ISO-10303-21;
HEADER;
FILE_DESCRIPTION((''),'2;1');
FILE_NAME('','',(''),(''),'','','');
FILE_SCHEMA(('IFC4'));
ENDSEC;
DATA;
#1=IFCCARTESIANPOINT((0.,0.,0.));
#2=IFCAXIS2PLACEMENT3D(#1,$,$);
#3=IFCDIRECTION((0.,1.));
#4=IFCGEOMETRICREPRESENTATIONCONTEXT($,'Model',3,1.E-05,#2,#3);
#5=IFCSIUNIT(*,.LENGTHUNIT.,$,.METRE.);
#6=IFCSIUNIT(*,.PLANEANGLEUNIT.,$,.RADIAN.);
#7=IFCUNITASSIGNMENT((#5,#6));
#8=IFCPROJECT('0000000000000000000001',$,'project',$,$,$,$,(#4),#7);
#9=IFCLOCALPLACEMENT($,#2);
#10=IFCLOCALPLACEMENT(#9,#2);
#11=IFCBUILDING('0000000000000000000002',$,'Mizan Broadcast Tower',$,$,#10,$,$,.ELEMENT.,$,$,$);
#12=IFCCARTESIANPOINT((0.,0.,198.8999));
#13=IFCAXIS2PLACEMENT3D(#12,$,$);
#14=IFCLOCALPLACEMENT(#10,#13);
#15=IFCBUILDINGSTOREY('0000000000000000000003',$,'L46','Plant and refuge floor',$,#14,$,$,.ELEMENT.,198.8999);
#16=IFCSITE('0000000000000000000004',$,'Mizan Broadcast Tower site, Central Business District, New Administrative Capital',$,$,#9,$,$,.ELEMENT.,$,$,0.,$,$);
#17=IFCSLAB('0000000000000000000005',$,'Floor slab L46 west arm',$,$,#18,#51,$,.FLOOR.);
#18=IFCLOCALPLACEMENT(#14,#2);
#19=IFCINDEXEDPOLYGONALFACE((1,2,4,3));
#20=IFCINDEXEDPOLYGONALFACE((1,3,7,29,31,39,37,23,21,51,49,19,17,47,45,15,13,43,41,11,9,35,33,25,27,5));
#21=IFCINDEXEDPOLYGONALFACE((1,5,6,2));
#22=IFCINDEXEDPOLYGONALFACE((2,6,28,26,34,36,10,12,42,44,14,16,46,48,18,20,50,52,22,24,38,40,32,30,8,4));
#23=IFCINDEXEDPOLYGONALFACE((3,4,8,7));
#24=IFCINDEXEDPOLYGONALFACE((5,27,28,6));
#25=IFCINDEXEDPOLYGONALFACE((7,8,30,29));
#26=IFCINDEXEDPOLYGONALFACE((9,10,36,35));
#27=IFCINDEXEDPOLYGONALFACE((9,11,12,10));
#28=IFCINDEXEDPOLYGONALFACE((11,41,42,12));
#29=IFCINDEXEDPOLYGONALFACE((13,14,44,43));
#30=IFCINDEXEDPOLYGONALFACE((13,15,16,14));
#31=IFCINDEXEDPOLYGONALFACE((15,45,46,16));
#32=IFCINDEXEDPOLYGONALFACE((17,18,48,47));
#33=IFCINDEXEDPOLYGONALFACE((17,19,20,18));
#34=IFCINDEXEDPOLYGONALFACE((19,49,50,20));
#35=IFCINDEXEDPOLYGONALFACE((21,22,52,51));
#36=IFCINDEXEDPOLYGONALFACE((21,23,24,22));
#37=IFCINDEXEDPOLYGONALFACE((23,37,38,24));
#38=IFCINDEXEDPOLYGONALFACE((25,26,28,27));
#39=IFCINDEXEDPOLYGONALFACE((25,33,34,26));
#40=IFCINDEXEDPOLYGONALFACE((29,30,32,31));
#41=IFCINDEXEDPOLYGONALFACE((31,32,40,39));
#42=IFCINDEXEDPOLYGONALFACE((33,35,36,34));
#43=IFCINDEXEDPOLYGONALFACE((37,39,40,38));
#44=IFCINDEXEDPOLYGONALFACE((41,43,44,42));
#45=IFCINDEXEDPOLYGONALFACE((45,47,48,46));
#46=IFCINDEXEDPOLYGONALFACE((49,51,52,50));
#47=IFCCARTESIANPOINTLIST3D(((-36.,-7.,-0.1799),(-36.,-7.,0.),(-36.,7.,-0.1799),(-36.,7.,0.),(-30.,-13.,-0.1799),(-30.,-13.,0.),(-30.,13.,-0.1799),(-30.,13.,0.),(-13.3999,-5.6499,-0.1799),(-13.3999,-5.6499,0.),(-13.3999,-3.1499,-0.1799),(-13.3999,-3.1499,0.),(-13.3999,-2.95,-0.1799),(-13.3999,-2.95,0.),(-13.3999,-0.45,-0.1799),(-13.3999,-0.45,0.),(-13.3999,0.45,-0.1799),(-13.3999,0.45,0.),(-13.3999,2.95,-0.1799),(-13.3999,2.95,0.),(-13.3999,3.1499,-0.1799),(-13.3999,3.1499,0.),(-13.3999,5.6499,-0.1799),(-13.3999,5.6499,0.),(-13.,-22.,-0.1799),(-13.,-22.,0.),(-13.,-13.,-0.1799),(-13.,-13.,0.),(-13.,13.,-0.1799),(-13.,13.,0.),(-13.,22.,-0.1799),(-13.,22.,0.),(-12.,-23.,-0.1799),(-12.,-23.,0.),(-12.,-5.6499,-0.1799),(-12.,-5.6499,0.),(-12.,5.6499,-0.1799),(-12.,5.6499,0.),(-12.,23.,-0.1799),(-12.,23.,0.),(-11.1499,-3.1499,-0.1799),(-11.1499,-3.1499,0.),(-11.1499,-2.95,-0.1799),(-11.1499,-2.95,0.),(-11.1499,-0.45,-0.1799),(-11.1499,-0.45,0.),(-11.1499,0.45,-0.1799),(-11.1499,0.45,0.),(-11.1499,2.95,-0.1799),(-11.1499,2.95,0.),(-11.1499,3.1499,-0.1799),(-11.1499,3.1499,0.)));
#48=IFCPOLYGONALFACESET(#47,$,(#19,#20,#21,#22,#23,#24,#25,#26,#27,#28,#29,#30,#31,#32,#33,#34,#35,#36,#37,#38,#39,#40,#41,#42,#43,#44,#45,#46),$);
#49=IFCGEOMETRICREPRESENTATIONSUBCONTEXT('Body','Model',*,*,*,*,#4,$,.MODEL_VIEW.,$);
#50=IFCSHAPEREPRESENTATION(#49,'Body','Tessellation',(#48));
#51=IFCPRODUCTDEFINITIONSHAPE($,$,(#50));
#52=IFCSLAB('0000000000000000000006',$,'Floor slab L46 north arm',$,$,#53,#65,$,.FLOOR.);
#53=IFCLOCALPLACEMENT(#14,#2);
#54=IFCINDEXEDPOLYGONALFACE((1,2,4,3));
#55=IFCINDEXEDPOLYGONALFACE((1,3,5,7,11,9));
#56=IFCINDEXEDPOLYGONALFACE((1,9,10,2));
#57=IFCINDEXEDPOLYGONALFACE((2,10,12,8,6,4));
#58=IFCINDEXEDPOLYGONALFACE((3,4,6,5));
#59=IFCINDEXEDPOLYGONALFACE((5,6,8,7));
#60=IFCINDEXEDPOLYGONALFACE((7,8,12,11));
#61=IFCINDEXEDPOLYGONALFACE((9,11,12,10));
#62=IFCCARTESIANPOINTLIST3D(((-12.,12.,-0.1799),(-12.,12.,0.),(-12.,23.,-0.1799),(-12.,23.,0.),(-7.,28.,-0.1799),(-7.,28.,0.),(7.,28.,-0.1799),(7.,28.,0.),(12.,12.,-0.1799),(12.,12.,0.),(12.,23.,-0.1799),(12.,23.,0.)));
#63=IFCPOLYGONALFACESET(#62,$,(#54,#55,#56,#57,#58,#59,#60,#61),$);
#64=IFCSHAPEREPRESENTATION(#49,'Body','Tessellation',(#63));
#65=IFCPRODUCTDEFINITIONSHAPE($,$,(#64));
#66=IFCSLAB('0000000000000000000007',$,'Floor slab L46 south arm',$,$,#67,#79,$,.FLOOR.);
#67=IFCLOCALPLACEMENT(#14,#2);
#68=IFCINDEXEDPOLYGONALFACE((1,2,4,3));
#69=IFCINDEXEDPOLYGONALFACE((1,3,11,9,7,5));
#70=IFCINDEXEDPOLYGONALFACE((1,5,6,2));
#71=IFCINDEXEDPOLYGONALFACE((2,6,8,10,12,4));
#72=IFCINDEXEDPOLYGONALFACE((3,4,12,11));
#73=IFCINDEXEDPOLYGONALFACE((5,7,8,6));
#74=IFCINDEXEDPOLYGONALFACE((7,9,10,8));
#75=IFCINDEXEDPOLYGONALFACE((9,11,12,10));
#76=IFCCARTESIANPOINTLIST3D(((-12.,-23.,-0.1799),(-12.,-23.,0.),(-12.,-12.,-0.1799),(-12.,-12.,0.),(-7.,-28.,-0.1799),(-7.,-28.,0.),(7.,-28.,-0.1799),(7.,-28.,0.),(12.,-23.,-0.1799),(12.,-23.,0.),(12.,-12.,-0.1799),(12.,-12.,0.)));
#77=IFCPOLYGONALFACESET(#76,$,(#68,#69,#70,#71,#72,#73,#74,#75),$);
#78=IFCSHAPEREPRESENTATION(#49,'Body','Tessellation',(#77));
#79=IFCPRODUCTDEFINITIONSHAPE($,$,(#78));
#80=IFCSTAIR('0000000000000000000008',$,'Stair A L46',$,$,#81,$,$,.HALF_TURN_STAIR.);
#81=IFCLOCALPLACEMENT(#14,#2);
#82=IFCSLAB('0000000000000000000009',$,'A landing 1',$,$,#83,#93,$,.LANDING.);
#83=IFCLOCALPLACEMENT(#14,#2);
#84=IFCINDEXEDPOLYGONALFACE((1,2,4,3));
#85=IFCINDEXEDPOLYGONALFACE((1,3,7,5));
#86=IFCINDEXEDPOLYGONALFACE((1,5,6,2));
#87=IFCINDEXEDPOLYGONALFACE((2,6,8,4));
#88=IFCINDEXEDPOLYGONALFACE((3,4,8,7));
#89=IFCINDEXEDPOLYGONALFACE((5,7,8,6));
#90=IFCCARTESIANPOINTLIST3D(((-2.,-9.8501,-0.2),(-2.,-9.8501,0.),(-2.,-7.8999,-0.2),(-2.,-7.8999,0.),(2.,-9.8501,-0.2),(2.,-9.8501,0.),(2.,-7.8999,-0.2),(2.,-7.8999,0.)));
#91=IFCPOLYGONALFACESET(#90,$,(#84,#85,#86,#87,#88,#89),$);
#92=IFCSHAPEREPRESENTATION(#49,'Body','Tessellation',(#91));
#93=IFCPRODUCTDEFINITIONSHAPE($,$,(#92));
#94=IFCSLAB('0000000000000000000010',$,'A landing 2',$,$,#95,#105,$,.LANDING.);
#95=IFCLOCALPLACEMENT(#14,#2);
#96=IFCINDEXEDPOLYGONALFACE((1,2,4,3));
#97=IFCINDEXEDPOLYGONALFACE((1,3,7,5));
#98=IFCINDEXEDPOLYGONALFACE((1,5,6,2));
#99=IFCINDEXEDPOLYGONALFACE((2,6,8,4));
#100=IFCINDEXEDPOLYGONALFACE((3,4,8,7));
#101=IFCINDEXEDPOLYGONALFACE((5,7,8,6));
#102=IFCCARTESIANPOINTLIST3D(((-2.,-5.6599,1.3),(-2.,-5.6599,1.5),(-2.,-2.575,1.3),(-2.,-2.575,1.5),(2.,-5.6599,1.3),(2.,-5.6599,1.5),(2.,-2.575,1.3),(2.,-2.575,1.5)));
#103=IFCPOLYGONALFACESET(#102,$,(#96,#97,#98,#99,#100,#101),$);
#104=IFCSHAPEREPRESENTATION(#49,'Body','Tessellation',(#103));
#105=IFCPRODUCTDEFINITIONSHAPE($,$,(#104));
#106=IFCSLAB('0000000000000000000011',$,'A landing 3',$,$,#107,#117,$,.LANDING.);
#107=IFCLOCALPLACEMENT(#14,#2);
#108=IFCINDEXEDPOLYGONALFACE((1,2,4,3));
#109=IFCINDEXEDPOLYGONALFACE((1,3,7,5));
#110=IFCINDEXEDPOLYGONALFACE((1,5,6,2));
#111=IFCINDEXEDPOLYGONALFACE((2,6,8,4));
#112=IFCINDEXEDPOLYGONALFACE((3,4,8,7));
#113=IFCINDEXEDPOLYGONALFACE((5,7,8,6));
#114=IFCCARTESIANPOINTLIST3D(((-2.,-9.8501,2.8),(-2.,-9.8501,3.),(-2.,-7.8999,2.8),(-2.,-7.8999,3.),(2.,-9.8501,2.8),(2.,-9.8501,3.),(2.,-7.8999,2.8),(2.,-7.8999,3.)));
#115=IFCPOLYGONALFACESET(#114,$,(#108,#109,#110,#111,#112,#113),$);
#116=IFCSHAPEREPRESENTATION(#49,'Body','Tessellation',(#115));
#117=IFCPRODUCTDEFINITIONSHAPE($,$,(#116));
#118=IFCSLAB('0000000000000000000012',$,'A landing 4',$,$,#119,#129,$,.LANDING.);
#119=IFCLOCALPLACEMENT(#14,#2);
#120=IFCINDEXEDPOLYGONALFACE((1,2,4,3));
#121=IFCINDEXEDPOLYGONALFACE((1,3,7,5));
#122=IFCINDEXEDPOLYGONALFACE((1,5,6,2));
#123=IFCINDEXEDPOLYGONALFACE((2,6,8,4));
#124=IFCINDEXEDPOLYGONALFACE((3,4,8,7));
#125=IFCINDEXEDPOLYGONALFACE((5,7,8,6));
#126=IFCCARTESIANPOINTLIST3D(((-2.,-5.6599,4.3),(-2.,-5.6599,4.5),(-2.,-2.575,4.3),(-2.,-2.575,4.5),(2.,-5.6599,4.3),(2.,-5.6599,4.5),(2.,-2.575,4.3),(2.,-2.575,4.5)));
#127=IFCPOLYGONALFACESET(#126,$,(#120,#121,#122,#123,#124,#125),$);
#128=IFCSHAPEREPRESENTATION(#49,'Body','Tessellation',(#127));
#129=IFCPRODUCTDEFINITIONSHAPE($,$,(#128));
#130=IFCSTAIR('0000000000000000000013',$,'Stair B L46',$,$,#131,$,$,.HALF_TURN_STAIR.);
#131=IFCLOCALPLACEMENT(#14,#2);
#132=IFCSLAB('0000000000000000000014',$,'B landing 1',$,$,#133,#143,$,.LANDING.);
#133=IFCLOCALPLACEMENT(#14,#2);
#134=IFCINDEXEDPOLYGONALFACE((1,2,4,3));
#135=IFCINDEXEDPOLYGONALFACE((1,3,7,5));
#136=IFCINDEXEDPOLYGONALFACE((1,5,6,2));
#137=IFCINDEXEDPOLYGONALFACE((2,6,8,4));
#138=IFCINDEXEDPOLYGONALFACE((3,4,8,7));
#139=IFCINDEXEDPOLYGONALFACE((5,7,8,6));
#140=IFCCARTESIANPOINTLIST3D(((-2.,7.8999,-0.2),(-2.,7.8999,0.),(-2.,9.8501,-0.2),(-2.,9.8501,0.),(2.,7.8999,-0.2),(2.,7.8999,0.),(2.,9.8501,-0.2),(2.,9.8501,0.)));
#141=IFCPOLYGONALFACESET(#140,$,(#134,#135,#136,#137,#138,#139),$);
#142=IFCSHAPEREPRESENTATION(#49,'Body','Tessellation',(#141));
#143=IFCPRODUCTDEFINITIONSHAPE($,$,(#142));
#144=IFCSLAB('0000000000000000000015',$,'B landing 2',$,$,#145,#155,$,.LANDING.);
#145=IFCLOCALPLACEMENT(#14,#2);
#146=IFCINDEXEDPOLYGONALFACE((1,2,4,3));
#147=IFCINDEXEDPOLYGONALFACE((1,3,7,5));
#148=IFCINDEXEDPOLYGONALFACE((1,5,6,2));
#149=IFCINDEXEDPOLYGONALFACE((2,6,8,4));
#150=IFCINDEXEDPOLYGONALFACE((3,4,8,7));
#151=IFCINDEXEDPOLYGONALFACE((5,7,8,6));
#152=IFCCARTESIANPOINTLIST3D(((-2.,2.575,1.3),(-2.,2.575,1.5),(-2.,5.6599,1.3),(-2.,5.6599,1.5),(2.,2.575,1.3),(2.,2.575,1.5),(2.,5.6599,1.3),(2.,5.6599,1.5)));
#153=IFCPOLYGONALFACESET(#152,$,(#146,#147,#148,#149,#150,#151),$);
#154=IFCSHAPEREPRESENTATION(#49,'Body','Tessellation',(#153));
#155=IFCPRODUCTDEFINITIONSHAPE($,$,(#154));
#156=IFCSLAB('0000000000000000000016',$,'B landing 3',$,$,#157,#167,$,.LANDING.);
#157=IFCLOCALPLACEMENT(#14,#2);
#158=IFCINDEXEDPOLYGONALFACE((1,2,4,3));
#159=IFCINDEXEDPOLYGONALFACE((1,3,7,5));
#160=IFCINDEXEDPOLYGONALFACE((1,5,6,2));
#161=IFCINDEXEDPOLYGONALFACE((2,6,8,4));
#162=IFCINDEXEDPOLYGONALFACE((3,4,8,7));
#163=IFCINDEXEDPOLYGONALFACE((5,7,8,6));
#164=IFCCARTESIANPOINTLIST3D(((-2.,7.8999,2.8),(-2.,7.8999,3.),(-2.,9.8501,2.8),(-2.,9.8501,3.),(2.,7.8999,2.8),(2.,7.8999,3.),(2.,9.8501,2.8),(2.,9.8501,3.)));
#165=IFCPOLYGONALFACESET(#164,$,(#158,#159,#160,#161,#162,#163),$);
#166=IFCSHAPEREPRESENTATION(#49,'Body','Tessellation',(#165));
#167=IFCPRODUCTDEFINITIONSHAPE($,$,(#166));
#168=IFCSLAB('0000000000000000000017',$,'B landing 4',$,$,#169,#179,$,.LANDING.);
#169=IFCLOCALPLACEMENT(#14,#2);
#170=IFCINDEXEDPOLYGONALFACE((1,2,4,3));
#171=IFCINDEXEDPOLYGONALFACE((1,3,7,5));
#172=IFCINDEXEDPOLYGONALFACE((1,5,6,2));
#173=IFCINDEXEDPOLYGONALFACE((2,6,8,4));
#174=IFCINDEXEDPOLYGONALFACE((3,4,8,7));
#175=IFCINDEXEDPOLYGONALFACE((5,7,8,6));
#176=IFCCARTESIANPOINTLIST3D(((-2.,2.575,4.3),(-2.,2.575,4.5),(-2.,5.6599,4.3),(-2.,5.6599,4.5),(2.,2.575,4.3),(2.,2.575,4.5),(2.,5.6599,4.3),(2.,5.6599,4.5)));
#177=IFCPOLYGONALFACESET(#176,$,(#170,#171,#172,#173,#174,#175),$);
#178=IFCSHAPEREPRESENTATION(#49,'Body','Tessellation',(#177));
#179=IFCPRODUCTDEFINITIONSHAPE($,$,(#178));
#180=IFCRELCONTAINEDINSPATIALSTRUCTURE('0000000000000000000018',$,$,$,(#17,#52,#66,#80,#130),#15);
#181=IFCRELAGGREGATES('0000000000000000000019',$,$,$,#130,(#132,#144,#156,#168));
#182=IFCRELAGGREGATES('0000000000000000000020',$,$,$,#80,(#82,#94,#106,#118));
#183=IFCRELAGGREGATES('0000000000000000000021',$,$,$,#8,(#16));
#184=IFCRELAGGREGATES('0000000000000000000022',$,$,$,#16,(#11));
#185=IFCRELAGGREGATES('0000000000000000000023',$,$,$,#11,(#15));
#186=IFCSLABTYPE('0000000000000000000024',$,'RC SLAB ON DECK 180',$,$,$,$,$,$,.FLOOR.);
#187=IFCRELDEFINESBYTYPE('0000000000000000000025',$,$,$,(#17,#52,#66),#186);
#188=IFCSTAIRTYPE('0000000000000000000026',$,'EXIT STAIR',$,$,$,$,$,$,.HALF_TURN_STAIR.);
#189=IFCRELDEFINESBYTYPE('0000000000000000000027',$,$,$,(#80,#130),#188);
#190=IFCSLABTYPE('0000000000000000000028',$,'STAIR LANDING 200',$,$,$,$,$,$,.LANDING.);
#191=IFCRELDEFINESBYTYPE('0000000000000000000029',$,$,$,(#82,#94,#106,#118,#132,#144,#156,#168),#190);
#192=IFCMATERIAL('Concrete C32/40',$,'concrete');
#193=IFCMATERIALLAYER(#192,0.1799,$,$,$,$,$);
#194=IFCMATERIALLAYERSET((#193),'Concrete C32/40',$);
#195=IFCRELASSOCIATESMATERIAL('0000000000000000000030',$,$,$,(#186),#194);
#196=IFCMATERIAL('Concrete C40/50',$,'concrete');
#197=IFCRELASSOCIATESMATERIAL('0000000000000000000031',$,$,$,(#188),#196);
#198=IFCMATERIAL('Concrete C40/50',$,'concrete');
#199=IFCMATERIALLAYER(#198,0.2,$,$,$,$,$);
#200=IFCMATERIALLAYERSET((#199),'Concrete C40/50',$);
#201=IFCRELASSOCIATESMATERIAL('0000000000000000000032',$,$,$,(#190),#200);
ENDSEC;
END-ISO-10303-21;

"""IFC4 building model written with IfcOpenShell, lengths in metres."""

from ifc_helpers import new_model, si_unit, direction, frame, origin, place, context, subcontext, project, spatial, polyline, outline, extrude, material, layer, layer_set, type_object, element, aggregate, save


model = new_model("IFC4")

# Units and contexts
model_context = context("Model", 3, precision=1e-05, world=origin(), true_north=direction((0.0, 1.0)))
body_context = subcontext(model_context, "Body", "Model", "MODEL_VIEW")
ifc_project = project(units=[si_unit("LENGTHUNIT", "METRE"), si_unit("PLANEANGLEUNIT", "RADIAN")], contexts=[model_context])

# Site, building, storey
site_placement = place(None, origin())
site = spatial("IfcSite", under=ifc_project, at=site_placement, Name="Mizan Broadcast Tower site, Central Business District, New Administrative Capital", CompositionType="ELEMENT", RefElevation=0.0)
building_placement = place(site_placement, origin())
building = spatial("IfcBuilding", under=site, at=building_placement, Name="Mizan Broadcast Tower", CompositionType="ELEMENT")
storey_placement = place(building_placement, frame((0.0, 0.0, 198.8999)))
storey = spatial("IfcBuildingStorey", under=building, at=storey_placement, Name="L46", Description="Plant and refuge floor", CompositionType="ELEMENT", Elevation=198.8999)

# Slabs
ifc_material_1 = material(Name="Concrete C32/40", Category="concrete")
ifc_layer_1 = layer(ifc_material_1, 0.1799)
ifc_layer_set_1 = layer_set([ifc_layer_1], Name="Concrete C32/40")
slab_type_1 = type_object("IfcSlabType", Name="RC SLAB ON DECK 180", PredefinedType="FLOOR", material=ifc_layer_set_1)
slab_1_placement = place(storey_placement, frame((0.0, 0.0, -0.1799)))
element("IfcSlab", 1, at=slab_1_placement, inside=storey, type_object=slab_type_1, Name="Floor slab L46 west arm", PredefinedType="FLOOR", context=body_context, shape_type="SweptSolid", body=[
    extrude(outline(polyline([(-30.0, 13.0), (-36.0, 7.0), (-36.0, -7.0), (-30.0, -13.0), (-13.0, -13.0), (-13.0, -22.0), (-12.0, -23.0), (-12.0, -5.6499), (-13.3999, -5.6499), (-13.3999, -3.1499), (-11.1499, -3.1499), (-11.1499, -2.95), (-13.3999, -2.95), (-13.3999, -0.45), (-11.1499, -0.45), (-11.1499, 0.45), (-13.3999, 0.45), (-13.3999, 2.95), (-11.1499, 2.95), (-11.1499, 3.1499), (-13.3999, 3.1499), (-13.3999, 5.6499), (-12.0, 5.6499), (-12.0, 23.0), (-13.0, 22.0), (-13.0, 13.0), (-30.0, 13.0)])), origin(), (0.0, 0.0, 1.0), 0.1799),
])
slab_2_placement = place(storey_placement, frame((0.0, 0.0, -0.1799)))
element("IfcSlab", 2, at=slab_2_placement, inside=storey, type_object=slab_type_1, Name="Floor slab L46 north arm", PredefinedType="FLOOR", context=body_context, shape_type="SweptSolid", body=[
    extrude(outline(polyline([(-7.0, 28.0), (-12.0, 23.0), (-12.0, 12.0), (12.0, 12.0), (12.0, 23.0), (7.0, 28.0), (-7.0, 28.0)])), origin(), (0.0, 0.0, 1.0), 0.1799),
])
slab_3_placement = place(storey_placement, frame((0.0, 0.0, -0.1799)))
element("IfcSlab", 3, at=slab_3_placement, inside=storey, type_object=slab_type_1, Name="Floor slab L46 south arm", PredefinedType="FLOOR", context=body_context, shape_type="SweptSolid", body=[
    extrude(outline(polyline([(7.0, -28.0), (12.0, -23.0), (12.0, -12.0), (-12.0, -12.0), (-12.0, -23.0), (-7.0, -28.0), (7.0, -28.0)])), origin(), (0.0, 0.0, 1.0), 0.1799),
])

# Stairs, slabs
ifc_material_2 = material(Name="Concrete C40/50", Category="concrete")
stair_type = type_object("IfcStairType", Name="EXIT STAIR", PredefinedType="HALF_TURN_STAIR", material=ifc_material_2)
stair_1_placement = place(storey_placement, origin())
stair_1 = element("IfcStair", 4, at=stair_1_placement, inside=storey, type_object=stair_type, Name="Stair A L46", PredefinedType="HALF_TURN_STAIR")
ifc_material_3 = material(Name="Concrete C40/50", Category="concrete")
ifc_layer_2 = layer(ifc_material_3, 0.2)
ifc_layer_set_2 = layer_set([ifc_layer_2], Name="Concrete C40/50")
slab_type_2 = type_object("IfcSlabType", Name="STAIR LANDING 200", PredefinedType="LANDING", material=ifc_layer_set_2)
slab_4_placement = place(storey_placement, frame((0.0, 0.0, -0.2)))
slab_4 = element("IfcSlab", 5, at=slab_4_placement, type_object=slab_type_2, Name="A landing 1", PredefinedType="LANDING", context=body_context, shape_type="SweptSolid", body=[
    extrude(outline(polyline([(-2.0, -9.8501), (-2.0, -7.8999), (2.0, -7.8999), (2.0, -9.8501), (-2.0, -9.8501)])), origin(), (0.0, 0.0, 1.0), 0.2),
])
slab_5_placement = place(storey_placement, frame((0.0, 0.0, 1.3)))
slab_5 = element("IfcSlab", 6, at=slab_5_placement, type_object=slab_type_2, Name="A landing 2", PredefinedType="LANDING", context=body_context, shape_type="SweptSolid", body=[
    extrude(outline(polyline([(-2.0, -5.6599), (-2.0, -2.575), (2.0, -2.575), (2.0, -5.6599), (-2.0, -5.6599)])), origin(), (0.0, 0.0, 1.0), 0.2),
])
slab_6_placement = place(storey_placement, frame((0.0, 0.0, 2.8)))
slab_6 = element("IfcSlab", 7, at=slab_6_placement, type_object=slab_type_2, Name="A landing 3", PredefinedType="LANDING", context=body_context, shape_type="SweptSolid", body=[
    extrude(outline(polyline([(-2.0, -9.8501), (-2.0, -7.8999), (2.0, -7.8999), (2.0, -9.8501), (-2.0, -9.8501)])), origin(), (0.0, 0.0, 1.0), 0.2),
])
slab_7_placement = place(storey_placement, frame((0.0, 0.0, 4.3)))
slab_7 = element("IfcSlab", 8, at=slab_7_placement, type_object=slab_type_2, Name="A landing 4", PredefinedType="LANDING", context=body_context, shape_type="SweptSolid", body=[
    extrude(outline(polyline([(-2.0, -5.6599), (-2.0, -2.575), (2.0, -2.575), (2.0, -5.6599), (-2.0, -5.6599)])), origin(), (0.0, 0.0, 1.0), 0.2),
])
stair_2_placement = place(storey_placement, origin())
stair_2 = element("IfcStair", 9, at=stair_2_placement, inside=storey, type_object=stair_type, Name="Stair B L46", PredefinedType="HALF_TURN_STAIR")
slab_8_placement = place(storey_placement, frame((0.0, 0.0, -0.2)))
slab_8 = element("IfcSlab", 10, at=slab_8_placement, type_object=slab_type_2, Name="B landing 1", PredefinedType="LANDING", context=body_context, shape_type="SweptSolid", body=[
    extrude(outline(polyline([(2.0, 9.8501), (2.0, 7.8999), (-2.0, 7.8999), (-2.0, 9.8501), (2.0, 9.8501)])), origin(), (0.0, 0.0, 1.0), 0.2),
])
slab_9_placement = place(storey_placement, frame((0.0, 0.0, 1.3)))
slab_9 = element("IfcSlab", 11, at=slab_9_placement, type_object=slab_type_2, Name="B landing 2", PredefinedType="LANDING", context=body_context, shape_type="SweptSolid", body=[
    extrude(outline(polyline([(2.0, 5.6599), (2.0, 2.575), (-2.0, 2.575), (-2.0, 5.6599), (2.0, 5.6599)])), origin(), (0.0, 0.0, 1.0), 0.2),
])
slab_10_placement = place(storey_placement, frame((0.0, 0.0, 2.8)))
slab_10 = element("IfcSlab", 12, at=slab_10_placement, type_object=slab_type_2, Name="B landing 3", PredefinedType="LANDING", context=body_context, shape_type="SweptSolid", body=[
    extrude(outline(polyline([(2.0, 9.8501), (2.0, 7.8999), (-2.0, 7.8999), (-2.0, 9.8501), (2.0, 9.8501)])), origin(), (0.0, 0.0, 1.0), 0.2),
])
slab_11_placement = place(storey_placement, frame((0.0, 0.0, 4.3)))
slab_11 = element("IfcSlab", 13, at=slab_11_placement, type_object=slab_type_2, Name="B landing 4", PredefinedType="LANDING", context=body_context, shape_type="SweptSolid", body=[
    extrude(outline(polyline([(2.0, 5.6599), (2.0, 2.575), (-2.0, 2.575), (-2.0, 5.6599), (2.0, 5.6599)])), origin(), (0.0, 0.0, 1.0), 0.2),
])
aggregate(stair_2, [slab_8, slab_9, slab_10, slab_11])

aggregate(stair_1, [slab_4, slab_5, slab_6, slab_7])

save(model, "model.ifc")
